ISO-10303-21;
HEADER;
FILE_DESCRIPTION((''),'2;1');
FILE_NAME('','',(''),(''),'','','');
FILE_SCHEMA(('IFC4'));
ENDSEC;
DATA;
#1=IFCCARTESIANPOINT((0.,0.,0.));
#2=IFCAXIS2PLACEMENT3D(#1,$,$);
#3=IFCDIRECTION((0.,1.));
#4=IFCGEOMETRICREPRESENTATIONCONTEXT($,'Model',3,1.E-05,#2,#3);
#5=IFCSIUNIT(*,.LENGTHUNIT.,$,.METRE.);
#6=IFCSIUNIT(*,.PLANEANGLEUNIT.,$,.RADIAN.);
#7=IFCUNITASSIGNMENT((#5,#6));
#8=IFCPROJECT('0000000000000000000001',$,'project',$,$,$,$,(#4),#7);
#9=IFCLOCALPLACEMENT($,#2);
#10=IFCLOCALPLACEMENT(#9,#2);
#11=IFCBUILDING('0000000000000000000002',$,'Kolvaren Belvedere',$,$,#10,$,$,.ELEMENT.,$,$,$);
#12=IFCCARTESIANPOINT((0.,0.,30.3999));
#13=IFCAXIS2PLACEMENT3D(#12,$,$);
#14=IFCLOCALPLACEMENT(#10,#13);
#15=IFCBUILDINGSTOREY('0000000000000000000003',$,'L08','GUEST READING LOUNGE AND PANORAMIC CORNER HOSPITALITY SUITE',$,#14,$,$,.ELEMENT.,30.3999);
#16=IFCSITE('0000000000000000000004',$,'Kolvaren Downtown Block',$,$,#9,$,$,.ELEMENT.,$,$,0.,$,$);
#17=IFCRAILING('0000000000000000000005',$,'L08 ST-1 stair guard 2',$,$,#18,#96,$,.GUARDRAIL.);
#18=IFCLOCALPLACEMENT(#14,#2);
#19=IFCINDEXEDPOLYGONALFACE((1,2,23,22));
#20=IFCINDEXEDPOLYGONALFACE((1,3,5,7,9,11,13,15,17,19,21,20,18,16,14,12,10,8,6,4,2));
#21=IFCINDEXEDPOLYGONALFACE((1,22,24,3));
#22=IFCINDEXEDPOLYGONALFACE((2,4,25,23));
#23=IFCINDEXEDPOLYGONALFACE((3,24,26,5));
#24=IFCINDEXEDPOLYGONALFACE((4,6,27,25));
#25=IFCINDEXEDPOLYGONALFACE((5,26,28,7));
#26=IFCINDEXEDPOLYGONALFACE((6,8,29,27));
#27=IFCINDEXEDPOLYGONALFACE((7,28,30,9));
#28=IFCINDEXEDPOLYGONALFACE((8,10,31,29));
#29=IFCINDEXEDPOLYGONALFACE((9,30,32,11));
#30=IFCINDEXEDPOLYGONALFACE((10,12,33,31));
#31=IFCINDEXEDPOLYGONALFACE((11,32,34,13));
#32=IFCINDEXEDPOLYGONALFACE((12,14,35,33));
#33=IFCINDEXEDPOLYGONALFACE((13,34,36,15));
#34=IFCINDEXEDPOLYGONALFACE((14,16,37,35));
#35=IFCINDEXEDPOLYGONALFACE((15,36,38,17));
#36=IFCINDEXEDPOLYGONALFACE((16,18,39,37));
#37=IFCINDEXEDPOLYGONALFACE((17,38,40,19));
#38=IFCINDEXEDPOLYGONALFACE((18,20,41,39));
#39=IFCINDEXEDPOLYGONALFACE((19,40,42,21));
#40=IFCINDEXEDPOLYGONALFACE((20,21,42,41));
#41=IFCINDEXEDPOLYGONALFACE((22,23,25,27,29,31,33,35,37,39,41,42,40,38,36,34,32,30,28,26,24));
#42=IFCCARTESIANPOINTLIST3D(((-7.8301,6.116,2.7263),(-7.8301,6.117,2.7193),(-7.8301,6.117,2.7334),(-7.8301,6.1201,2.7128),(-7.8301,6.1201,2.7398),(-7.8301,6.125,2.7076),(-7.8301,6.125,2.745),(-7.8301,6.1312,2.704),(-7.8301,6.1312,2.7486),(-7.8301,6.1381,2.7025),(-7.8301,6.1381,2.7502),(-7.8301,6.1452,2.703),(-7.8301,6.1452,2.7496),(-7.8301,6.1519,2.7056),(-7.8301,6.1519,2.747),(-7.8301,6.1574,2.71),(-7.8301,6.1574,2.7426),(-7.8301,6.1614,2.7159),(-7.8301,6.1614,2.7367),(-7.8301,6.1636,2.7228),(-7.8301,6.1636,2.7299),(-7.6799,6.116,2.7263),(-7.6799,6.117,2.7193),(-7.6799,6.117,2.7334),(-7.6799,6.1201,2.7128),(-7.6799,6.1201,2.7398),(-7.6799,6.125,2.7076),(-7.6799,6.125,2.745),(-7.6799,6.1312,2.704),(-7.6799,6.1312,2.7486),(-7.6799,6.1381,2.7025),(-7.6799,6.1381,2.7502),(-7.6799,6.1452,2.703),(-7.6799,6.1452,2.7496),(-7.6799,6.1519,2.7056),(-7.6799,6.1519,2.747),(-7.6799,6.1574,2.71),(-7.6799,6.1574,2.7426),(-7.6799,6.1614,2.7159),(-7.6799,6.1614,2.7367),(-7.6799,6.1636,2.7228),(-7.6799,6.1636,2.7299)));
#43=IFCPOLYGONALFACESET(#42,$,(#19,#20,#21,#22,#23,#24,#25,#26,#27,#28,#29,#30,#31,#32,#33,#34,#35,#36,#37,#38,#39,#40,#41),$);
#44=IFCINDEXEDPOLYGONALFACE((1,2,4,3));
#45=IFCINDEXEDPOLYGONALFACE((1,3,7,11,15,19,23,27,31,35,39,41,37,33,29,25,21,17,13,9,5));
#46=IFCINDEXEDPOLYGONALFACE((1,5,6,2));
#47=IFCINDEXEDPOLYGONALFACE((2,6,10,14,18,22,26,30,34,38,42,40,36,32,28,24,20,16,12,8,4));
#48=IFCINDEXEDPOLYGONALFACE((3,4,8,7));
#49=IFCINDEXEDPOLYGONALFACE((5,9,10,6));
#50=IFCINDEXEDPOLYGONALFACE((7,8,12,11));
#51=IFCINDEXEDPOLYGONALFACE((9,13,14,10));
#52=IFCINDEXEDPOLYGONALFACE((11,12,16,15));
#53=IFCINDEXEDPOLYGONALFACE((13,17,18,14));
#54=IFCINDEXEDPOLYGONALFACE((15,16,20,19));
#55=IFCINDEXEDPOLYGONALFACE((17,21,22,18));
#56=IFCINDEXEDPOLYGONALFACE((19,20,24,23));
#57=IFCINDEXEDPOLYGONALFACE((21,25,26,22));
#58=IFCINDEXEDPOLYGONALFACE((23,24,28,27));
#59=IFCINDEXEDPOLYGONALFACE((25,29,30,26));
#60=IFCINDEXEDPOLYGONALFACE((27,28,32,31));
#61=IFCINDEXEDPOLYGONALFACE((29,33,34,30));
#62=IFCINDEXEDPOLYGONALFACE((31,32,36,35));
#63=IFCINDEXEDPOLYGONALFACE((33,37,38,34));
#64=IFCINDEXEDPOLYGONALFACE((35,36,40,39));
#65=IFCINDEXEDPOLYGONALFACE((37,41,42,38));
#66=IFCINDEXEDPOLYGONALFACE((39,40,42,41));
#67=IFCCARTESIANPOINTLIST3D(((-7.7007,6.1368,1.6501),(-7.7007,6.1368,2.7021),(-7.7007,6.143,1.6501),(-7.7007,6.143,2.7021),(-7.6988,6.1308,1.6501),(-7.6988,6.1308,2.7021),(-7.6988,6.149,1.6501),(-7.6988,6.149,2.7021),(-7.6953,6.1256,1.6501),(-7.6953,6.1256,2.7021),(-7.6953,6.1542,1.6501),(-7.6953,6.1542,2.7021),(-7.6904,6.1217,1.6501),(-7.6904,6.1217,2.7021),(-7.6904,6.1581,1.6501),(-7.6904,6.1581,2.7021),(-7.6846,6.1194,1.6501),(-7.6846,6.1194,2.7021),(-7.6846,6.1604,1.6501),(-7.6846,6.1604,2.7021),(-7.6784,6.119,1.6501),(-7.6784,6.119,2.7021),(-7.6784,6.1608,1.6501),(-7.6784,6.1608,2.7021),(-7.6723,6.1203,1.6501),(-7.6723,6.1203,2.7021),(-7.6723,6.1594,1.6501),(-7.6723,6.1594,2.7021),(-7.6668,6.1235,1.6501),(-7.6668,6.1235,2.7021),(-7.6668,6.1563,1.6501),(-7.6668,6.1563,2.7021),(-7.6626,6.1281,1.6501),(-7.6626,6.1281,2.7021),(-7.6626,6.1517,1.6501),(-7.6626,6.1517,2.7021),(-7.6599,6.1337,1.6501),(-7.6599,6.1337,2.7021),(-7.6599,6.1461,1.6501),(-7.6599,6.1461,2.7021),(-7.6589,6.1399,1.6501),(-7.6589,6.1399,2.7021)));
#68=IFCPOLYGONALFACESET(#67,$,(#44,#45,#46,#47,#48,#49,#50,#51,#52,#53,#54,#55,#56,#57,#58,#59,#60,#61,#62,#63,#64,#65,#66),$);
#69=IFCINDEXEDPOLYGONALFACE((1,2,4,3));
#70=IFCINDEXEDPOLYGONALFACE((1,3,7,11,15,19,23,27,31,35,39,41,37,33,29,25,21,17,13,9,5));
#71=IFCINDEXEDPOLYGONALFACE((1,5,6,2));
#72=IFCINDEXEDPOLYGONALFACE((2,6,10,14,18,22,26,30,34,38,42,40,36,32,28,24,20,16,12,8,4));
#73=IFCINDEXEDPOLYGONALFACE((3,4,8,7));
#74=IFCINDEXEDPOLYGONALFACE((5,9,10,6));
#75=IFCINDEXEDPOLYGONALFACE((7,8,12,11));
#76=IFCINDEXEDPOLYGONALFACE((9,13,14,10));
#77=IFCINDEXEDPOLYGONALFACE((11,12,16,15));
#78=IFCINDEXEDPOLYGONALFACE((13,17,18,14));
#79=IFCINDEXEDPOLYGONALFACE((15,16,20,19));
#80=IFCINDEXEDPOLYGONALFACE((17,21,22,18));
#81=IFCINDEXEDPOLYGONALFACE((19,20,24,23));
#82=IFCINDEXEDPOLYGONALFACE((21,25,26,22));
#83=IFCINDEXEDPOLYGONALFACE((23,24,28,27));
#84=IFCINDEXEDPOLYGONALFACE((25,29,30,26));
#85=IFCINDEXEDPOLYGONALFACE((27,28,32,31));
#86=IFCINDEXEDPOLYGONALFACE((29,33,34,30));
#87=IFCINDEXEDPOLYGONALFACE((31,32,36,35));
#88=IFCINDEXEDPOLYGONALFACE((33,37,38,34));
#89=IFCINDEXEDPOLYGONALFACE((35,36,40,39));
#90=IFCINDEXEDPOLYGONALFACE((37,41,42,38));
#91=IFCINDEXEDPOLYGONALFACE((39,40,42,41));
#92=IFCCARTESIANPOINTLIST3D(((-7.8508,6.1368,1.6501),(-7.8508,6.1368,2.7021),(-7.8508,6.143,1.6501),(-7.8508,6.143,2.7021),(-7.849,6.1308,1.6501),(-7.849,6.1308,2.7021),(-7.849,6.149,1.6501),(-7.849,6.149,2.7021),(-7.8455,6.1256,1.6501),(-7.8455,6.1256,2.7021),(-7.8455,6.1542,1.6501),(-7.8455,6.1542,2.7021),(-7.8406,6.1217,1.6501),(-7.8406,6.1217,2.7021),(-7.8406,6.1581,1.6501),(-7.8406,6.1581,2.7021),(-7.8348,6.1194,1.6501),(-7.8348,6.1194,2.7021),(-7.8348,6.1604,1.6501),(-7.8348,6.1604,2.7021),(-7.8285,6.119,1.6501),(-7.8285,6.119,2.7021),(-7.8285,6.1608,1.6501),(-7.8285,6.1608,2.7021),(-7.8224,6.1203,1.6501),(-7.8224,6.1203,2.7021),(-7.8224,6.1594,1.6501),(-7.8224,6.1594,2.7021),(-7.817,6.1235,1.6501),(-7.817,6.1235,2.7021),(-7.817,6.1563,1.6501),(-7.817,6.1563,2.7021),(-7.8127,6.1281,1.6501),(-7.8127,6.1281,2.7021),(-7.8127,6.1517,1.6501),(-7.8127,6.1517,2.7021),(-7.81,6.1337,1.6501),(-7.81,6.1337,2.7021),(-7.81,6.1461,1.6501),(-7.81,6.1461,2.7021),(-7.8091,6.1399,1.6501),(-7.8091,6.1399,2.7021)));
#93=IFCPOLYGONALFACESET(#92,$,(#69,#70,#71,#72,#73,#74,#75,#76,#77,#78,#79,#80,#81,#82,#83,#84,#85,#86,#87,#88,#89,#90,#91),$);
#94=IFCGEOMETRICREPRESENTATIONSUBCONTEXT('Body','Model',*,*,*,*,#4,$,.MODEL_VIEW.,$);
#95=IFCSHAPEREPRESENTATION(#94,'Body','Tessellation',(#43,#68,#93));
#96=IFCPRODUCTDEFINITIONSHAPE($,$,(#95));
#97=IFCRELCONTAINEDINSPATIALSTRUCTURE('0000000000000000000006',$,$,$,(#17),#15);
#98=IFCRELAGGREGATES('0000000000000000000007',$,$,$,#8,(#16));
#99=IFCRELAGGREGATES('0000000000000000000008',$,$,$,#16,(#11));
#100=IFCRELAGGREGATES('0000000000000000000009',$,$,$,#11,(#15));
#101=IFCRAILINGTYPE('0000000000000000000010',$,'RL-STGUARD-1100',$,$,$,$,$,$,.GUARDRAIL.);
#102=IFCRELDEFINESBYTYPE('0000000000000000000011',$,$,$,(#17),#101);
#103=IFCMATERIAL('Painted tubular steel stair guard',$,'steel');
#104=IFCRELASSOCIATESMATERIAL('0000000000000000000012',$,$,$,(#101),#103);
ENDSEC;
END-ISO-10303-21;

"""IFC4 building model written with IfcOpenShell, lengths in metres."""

from ifc_helpers import new_model, si_unit, direction, frame, origin, origin_2d, place, context, subcontext, project, spatial, circle, extrude, material, type_object, element, save


model = new_model("IFC4")

# Units and contexts
model_context = context("Model", 3, precision=1e-05, world=origin(), true_north=direction((0.0, 1.0)))
body_context = subcontext(model_context, "Body", "Model", "MODEL_VIEW")
ifc_project = project(units=[si_unit("LENGTHUNIT", "METRE"), si_unit("PLANEANGLEUNIT", "RADIAN")], contexts=[model_context])

# Site, building, storey
site_placement = place(None, origin())
site = spatial("IfcSite", under=ifc_project, at=site_placement, Name="Kolvaren Downtown Block", CompositionType="ELEMENT", RefElevation=0.0)
building_placement = place(site_placement, origin())
building = spatial("IfcBuilding", under=site, at=building_placement, Name="Kolvaren Belvedere", CompositionType="ELEMENT")
storey_placement = place(building_placement, frame((0.0, 0.0, 30.3999)))
storey = spatial("IfcBuildingStorey", under=building, at=storey_placement, Name="L08", Description="GUEST READING LOUNGE AND PANORAMIC CORNER HOSPITALITY SUITE", CompositionType="ELEMENT", Elevation=30.3999)

# Railing
ifc_material_1 = material(Name="Painted tubular steel stair guard", Category="steel")
railing_type_1 = type_object("IfcRailingType", Name="RL-STGUARD-1100", PredefinedType="GUARDRAIL", material=ifc_material_1)
railing_1_placement = place(storey_placement, frame((-7.6799, 6.1399, 1.6501)))
element("IfcRailing", 1, at=railing_1_placement, inside=storey, type_object=railing_type_1, Name="L08 ST-1 stair guard 2", PredefinedType="GUARDRAIL", context=body_context, shape_type="SweptSolid", body=[
    extrude(circle(Radius=0.0239, at=origin_2d()), frame((0.0, 0.0, 1.0762), z_axis=(-1.0, 0.0, 0.0), x_axis=(0.0, -1.0, 0.0)), (0.0, 0.0, 1.0), 0.1501),
    extrude(circle(Radius=0.021, at=origin_2d()), origin(), (0.0, 0.0, 1.0), 1.052),
    extrude(circle(Radius=0.021, at=origin_2d()), frame((-0.1501, 0.0, 0.0)), (0.0, 0.0, 1.0), 1.052),
])

save(model, "model.ifc")
